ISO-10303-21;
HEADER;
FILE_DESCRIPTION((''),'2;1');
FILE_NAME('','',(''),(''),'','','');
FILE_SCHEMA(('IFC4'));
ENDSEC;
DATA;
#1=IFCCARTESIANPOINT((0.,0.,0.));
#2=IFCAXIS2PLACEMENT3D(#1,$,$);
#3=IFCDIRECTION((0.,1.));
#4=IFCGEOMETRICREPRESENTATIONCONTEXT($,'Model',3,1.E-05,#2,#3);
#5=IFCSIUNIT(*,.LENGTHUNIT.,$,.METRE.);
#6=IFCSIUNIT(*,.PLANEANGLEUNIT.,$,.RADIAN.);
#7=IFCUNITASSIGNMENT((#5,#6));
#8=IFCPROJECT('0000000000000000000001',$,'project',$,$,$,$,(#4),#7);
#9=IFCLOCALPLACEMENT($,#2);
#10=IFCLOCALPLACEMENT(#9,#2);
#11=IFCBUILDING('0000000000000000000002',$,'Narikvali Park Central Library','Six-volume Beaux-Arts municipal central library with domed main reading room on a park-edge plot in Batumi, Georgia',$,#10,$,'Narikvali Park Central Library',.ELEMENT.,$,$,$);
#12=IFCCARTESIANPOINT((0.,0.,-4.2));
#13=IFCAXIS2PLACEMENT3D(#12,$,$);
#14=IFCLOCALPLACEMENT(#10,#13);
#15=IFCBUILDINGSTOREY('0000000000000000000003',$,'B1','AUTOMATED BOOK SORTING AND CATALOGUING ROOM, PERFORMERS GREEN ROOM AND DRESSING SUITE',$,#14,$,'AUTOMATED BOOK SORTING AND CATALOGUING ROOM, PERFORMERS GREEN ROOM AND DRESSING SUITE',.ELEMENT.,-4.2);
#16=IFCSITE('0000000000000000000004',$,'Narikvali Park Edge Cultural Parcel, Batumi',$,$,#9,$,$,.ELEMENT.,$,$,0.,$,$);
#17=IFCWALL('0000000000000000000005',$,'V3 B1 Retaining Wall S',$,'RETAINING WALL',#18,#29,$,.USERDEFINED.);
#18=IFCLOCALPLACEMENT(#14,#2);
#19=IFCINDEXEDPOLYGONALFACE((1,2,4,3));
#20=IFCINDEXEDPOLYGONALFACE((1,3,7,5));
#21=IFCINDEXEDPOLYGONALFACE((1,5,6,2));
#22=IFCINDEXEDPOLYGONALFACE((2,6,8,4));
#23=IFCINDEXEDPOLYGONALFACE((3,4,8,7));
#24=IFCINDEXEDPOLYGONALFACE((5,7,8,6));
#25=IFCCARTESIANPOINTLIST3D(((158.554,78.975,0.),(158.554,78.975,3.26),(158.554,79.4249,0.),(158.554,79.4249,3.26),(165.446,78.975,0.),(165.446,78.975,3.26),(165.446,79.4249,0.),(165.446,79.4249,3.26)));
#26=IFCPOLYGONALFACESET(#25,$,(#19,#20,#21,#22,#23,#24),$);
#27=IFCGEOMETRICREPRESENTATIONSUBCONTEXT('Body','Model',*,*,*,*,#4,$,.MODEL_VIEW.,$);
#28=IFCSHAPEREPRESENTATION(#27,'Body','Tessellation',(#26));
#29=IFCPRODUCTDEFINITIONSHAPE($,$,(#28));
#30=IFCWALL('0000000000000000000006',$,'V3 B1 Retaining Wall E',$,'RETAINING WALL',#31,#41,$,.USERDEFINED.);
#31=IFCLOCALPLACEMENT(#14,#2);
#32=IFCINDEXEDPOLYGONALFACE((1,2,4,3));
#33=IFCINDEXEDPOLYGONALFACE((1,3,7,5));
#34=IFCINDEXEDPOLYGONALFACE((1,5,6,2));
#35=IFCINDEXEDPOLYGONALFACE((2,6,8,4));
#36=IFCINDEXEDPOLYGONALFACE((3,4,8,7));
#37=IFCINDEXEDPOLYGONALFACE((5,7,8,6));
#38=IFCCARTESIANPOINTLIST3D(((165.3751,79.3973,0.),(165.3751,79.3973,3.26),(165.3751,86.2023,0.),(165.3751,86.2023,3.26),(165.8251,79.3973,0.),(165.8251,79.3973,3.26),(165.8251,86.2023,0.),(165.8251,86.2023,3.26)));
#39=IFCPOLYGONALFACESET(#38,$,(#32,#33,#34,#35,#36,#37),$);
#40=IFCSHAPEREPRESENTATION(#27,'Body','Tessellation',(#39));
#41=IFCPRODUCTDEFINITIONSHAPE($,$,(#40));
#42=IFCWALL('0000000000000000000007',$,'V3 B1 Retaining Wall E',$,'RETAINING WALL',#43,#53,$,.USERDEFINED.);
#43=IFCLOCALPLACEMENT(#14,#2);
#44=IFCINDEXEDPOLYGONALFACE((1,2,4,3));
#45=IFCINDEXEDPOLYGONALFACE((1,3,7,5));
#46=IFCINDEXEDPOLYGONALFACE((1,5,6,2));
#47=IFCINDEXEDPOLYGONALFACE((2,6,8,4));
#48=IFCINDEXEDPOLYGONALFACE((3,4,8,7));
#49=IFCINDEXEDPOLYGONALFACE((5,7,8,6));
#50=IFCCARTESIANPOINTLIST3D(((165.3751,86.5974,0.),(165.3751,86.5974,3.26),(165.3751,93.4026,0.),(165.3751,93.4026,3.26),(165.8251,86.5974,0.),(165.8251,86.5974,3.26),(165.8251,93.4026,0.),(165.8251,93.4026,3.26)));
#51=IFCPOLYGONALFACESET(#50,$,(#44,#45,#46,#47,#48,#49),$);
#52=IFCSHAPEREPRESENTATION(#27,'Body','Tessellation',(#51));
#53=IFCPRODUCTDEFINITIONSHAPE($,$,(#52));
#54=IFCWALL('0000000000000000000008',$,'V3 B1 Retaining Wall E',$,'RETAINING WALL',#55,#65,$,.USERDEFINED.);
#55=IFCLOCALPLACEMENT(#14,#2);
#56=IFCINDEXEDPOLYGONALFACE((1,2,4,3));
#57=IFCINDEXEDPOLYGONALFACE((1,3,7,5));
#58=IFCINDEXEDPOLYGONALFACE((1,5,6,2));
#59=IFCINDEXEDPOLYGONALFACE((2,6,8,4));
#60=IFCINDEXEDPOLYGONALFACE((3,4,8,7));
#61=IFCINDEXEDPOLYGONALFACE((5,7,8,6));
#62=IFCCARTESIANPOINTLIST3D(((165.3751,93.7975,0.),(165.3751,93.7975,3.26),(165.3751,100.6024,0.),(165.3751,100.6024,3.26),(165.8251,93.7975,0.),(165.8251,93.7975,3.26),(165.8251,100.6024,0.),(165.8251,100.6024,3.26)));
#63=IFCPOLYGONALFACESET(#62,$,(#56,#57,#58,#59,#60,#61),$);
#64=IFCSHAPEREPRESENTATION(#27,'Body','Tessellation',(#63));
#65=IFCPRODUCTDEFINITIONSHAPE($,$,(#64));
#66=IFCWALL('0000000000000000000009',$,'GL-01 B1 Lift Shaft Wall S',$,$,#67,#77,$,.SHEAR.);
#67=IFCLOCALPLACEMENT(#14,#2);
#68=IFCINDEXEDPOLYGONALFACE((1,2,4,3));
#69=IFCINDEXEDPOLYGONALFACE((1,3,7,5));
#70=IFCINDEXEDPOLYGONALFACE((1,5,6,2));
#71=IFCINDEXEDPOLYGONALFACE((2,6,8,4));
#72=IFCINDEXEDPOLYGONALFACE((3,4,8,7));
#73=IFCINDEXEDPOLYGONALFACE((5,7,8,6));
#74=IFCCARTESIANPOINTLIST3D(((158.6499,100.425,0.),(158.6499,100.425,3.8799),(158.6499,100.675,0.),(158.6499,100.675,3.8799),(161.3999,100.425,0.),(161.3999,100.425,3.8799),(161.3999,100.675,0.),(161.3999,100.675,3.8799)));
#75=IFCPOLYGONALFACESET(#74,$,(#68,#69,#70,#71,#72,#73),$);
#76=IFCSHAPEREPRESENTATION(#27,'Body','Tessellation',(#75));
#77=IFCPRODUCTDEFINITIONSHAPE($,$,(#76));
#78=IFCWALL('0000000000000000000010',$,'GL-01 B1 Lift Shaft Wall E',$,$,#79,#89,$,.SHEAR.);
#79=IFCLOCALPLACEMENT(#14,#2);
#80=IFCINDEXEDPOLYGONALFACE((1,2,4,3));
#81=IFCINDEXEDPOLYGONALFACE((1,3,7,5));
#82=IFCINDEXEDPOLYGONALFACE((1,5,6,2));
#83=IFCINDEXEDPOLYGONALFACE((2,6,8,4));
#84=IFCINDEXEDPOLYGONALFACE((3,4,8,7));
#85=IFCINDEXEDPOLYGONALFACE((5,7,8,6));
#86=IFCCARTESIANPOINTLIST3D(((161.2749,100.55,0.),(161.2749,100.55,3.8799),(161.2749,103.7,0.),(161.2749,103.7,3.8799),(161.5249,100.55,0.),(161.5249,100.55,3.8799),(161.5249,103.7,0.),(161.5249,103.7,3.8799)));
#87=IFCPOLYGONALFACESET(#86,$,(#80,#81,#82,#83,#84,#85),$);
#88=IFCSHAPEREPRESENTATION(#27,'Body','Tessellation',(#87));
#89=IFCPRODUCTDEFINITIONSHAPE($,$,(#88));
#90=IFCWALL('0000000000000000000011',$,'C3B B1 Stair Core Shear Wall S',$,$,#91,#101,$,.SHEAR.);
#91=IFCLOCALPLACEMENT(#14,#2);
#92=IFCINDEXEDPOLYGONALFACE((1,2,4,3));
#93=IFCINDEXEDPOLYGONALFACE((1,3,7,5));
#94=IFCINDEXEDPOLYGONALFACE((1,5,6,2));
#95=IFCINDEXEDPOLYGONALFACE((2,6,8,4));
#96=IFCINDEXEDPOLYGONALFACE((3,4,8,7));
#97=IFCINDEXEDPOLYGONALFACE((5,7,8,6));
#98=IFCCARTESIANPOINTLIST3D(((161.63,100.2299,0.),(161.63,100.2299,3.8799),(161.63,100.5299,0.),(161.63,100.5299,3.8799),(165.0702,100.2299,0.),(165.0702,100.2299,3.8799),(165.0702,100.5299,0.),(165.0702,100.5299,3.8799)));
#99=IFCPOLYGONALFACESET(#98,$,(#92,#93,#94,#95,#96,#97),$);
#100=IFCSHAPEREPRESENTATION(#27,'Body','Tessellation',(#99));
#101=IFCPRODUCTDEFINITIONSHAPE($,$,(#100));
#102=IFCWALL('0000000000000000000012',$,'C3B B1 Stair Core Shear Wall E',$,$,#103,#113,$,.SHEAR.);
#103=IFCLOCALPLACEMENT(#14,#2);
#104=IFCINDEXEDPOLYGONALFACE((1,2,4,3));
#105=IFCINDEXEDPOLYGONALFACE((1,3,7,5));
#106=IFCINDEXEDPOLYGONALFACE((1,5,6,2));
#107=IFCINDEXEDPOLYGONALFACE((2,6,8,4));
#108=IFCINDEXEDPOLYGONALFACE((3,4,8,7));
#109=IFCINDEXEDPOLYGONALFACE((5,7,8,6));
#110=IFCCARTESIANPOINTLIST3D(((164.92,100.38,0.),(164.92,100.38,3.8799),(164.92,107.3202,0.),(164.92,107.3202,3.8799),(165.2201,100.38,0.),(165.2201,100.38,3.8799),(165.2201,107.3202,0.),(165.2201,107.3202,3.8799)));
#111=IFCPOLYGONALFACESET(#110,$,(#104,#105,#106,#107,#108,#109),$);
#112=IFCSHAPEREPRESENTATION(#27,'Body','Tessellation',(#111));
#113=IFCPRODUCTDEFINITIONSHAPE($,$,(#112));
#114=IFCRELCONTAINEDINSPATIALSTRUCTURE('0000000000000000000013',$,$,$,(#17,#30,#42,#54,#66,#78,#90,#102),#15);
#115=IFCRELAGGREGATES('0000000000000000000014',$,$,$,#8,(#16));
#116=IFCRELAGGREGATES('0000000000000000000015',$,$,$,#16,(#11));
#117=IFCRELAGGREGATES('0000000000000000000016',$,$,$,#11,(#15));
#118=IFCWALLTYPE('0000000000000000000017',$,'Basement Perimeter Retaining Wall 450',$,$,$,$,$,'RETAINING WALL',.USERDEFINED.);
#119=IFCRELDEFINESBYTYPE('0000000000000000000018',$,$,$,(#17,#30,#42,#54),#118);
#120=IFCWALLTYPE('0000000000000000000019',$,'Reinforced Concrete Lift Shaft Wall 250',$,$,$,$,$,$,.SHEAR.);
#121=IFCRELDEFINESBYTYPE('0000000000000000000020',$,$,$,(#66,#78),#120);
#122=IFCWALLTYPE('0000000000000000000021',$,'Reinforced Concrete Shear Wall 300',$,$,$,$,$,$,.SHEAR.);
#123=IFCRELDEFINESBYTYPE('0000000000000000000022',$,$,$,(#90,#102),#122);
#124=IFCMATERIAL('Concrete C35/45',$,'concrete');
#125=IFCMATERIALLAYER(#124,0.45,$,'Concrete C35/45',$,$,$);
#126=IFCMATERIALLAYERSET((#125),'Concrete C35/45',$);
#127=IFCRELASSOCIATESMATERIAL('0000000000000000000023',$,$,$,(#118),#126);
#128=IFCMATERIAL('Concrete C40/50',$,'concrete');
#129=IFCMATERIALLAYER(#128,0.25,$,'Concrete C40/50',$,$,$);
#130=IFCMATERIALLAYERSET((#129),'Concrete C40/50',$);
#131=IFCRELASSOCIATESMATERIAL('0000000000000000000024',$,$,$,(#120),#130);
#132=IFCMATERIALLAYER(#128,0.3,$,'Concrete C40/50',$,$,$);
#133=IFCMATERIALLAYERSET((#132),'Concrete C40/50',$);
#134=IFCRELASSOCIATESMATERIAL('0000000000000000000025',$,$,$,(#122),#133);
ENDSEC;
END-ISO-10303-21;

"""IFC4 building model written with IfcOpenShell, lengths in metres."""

from ifc_helpers import new_model, si_unit, direction, frame, frame_2d, origin, place, context, subcontext, project, spatial, rectangle, extrude, material, layer, layer_set, type_object, element, save


model = new_model("IFC4")

# Units and contexts
model_context = context("Model", 3, precision=1e-05, world=origin(), true_north=direction((0.0, 1.0)))
body_context = subcontext(model_context, "Body", "Model", "MODEL_VIEW")
ifc_project = project(units=[si_unit("LENGTHUNIT", "METRE"), si_unit("PLANEANGLEUNIT", "RADIAN")], contexts=[model_context])

# Site, building, storey
site_placement = place(None, origin())
site = spatial("IfcSite", under=ifc_project, at=site_placement, Name="Narikvali Park Edge Cultural Parcel, Batumi", CompositionType="ELEMENT", RefElevation=0.0)
building_placement = place(site_placement, origin())
building = spatial("IfcBuilding", under=site, at=building_placement, Name="Narikvali Park Central Library", Description="Six-volume Beaux-Arts municipal central library with domed main reading room on a park-edge plot in Batumi, Georgia", LongName="Narikvali Park Central Library", CompositionType="ELEMENT")
storey_placement = place(building_placement, frame((0.0, 0.0, -4.2)))
storey = spatial("IfcBuildingStorey", under=building, at=storey_placement, Name="B1", Description="AUTOMATED BOOK SORTING AND CATALOGUING ROOM, PERFORMERS GREEN ROOM AND DRESSING SUITE", LongName="AUTOMATED BOOK SORTING AND CATALOGUING ROOM, PERFORMERS GREEN ROOM AND DRESSING SUITE", CompositionType="ELEMENT", Elevation=-4.2)

# Shared definitions
ifc_material_1 = material(Name="Concrete C35/45", Category="concrete")

# Walls
ifc_layer_1 = layer(ifc_material_1, 0.45, Name="Concrete C35/45")
ifc_layer_set_1 = layer_set([ifc_layer_1], Name="Concrete C35/45")
wall_type_1 = type_object("IfcWallType", Name="Basement Perimeter Retaining Wall 450", ElementType="RETAINING WALL", PredefinedType="USERDEFINED", material=ifc_layer_set_1)
wall_1_placement = place(storey_placement, frame((158.554, 79.2, 0.0), z_axis=(0.0, 0.0, 1.0), x_axis=(1.0, 0.0, 0.0)))
element("IfcWall", 1, at=wall_1_placement, inside=storey, type_object=wall_type_1, Name="V3 B1 Retaining Wall S", ObjectType="RETAINING WALL", PredefinedType="USERDEFINED", context=body_context, shape_type="SweptSolid", body=[
    extrude(rectangle(XDim=6.8921, YDim=0.45, at=frame_2d((3.446, 0.0))), origin(), (0.0, 0.0, 1.0), 3.26),
])
wall_2_placement = place(storey_placement, frame((165.6001, 79.3975, 0.0), z_axis=(0.0, 0.0, 1.0), x_axis=(0.0, 1.0, 0.0)))
element("IfcWall", 2, at=wall_2_placement, inside=storey, type_object=wall_type_1, Name="V3 B1 Retaining Wall E", ObjectType="RETAINING WALL", PredefinedType="USERDEFINED", context=body_context, shape_type="SweptSolid", body=[
    extrude(rectangle(XDim=6.8049, YDim=0.45, at=frame_2d((3.4023, 0.0))), origin(), (0.0, 0.0, 1.0), 3.26),
])
wall_3_placement = place(storey_placement, frame((165.6001, 86.5974, 0.0), z_axis=(0.0, 0.0, 1.0), x_axis=(0.0, 1.0, 0.0)))
element("IfcWall", 3, at=wall_3_placement, inside=storey, type_object=wall_type_1, Name="V3 B1 Retaining Wall E", ObjectType="RETAINING WALL", PredefinedType="USERDEFINED", context=body_context, shape_type="SweptSolid", body=[
    extrude(rectangle(XDim=6.8052, YDim=0.45, at=frame_2d((3.4026, 0.0))), origin(), (0.0, 0.0, 1.0), 3.26),
])
wall_4_placement = place(storey_placement, frame((165.6001, 93.7976, 0.0), z_axis=(0.0, 0.0, 1.0), x_axis=(0.0, 1.0, 0.0)))
element("IfcWall", 4, at=wall_4_placement, inside=storey, type_object=wall_type_1, Name="V3 B1 Retaining Wall E", ObjectType="RETAINING WALL", PredefinedType="USERDEFINED", context=body_context, shape_type="SweptSolid", body=[
    extrude(rectangle(XDim=6.8049, YDim=0.45, at=frame_2d((3.4023, 0.0))), origin(), (0.0, 0.0, 1.0), 3.26),
])
ifc_material_2 = material(Name="Concrete C40/50", Category="concrete")
ifc_layer_2 = layer(ifc_material_2, 0.25, Name="Concrete C40/50")
ifc_layer_set_2 = layer_set([ifc_layer_2], Name="Concrete C40/50")
wall_type_2 = type_object("IfcWallType", Name="Reinforced Concrete Lift Shaft Wall 250", PredefinedType="SHEAR", material=ifc_layer_set_2)
wall_5_placement = place(storey_placement, frame((158.6499, 100.55, 0.0), z_axis=(0.0, 0.0, 1.0), x_axis=(1.0, 0.0, 0.0)))
element("IfcWall", 5, at=wall_5_placement, inside=storey, type_object=wall_type_2, Name="GL-01 B1 Lift Shaft Wall S", PredefinedType="SHEAR", context=body_context, shape_type="SweptSolid", body=[
    extrude(rectangle(XDim=2.75, YDim=0.25, at=frame_2d((1.375, 0.0))), origin(), (0.0, 0.0, 1.0), 3.8799),
])
wall_6_placement = place(storey_placement, frame((161.3999, 100.55, 0.0), z_axis=(0.0, 0.0, 1.0), x_axis=(0.0, 1.0, 0.0)))
element("IfcWall", 6, at=wall_6_placement, inside=storey, type_object=wall_type_2, Name="GL-01 B1 Lift Shaft Wall E", PredefinedType="SHEAR", context=body_context, shape_type="SweptSolid", body=[
    extrude(rectangle(XDim=3.1499, YDim=0.25, at=frame_2d((1.575, 0.0))), origin(), (0.0, 0.0, 1.0), 3.8799),
])
ifc_layer_3 = layer(ifc_material_2, 0.3, Name="Concrete C40/50")
ifc_layer_set_3 = layer_set([ifc_layer_3], Name="Concrete C40/50")
wall_type_3 = type_object("IfcWallType", Name="Reinforced Concrete Shear Wall 300", PredefinedType="SHEAR", material=ifc_layer_set_3)
wall_7_placement = place(storey_placement, frame((161.6299, 100.3799, 0.0), z_axis=(0.0, 0.0, 1.0), x_axis=(1.0, 0.0, 0.0)))
element("IfcWall", 7, at=wall_7_placement, inside=storey, type_object=wall_type_3, Name="C3B B1 Stair Core Shear Wall S", PredefinedType="SHEAR", context=body_context, shape_type="SweptSolid", body=[
    extrude(rectangle(XDim=3.4402, YDim=0.3, at=frame_2d((1.7202, 0.0))), origin(), (0.0, 0.0, 1.0), 3.8799),
])
wall_8_placement = place(storey_placement, frame((165.0701, 100.3799, 0.0), z_axis=(0.0, 0.0, 1.0), x_axis=(0.0, 1.0, 0.0)))
element("IfcWall", 8, at=wall_8_placement, inside=storey, type_object=wall_type_3, Name="C3B B1 Stair Core Shear Wall E", PredefinedType="SHEAR", context=body_context, shape_type="SweptSolid", body=[
    extrude(rectangle(XDim=6.9402, YDim=0.3, at=frame_2d((3.4702, 0.0))), origin(), (0.0, 0.0, 1.0), 3.8799),
])

save(model, "model.ifc")
